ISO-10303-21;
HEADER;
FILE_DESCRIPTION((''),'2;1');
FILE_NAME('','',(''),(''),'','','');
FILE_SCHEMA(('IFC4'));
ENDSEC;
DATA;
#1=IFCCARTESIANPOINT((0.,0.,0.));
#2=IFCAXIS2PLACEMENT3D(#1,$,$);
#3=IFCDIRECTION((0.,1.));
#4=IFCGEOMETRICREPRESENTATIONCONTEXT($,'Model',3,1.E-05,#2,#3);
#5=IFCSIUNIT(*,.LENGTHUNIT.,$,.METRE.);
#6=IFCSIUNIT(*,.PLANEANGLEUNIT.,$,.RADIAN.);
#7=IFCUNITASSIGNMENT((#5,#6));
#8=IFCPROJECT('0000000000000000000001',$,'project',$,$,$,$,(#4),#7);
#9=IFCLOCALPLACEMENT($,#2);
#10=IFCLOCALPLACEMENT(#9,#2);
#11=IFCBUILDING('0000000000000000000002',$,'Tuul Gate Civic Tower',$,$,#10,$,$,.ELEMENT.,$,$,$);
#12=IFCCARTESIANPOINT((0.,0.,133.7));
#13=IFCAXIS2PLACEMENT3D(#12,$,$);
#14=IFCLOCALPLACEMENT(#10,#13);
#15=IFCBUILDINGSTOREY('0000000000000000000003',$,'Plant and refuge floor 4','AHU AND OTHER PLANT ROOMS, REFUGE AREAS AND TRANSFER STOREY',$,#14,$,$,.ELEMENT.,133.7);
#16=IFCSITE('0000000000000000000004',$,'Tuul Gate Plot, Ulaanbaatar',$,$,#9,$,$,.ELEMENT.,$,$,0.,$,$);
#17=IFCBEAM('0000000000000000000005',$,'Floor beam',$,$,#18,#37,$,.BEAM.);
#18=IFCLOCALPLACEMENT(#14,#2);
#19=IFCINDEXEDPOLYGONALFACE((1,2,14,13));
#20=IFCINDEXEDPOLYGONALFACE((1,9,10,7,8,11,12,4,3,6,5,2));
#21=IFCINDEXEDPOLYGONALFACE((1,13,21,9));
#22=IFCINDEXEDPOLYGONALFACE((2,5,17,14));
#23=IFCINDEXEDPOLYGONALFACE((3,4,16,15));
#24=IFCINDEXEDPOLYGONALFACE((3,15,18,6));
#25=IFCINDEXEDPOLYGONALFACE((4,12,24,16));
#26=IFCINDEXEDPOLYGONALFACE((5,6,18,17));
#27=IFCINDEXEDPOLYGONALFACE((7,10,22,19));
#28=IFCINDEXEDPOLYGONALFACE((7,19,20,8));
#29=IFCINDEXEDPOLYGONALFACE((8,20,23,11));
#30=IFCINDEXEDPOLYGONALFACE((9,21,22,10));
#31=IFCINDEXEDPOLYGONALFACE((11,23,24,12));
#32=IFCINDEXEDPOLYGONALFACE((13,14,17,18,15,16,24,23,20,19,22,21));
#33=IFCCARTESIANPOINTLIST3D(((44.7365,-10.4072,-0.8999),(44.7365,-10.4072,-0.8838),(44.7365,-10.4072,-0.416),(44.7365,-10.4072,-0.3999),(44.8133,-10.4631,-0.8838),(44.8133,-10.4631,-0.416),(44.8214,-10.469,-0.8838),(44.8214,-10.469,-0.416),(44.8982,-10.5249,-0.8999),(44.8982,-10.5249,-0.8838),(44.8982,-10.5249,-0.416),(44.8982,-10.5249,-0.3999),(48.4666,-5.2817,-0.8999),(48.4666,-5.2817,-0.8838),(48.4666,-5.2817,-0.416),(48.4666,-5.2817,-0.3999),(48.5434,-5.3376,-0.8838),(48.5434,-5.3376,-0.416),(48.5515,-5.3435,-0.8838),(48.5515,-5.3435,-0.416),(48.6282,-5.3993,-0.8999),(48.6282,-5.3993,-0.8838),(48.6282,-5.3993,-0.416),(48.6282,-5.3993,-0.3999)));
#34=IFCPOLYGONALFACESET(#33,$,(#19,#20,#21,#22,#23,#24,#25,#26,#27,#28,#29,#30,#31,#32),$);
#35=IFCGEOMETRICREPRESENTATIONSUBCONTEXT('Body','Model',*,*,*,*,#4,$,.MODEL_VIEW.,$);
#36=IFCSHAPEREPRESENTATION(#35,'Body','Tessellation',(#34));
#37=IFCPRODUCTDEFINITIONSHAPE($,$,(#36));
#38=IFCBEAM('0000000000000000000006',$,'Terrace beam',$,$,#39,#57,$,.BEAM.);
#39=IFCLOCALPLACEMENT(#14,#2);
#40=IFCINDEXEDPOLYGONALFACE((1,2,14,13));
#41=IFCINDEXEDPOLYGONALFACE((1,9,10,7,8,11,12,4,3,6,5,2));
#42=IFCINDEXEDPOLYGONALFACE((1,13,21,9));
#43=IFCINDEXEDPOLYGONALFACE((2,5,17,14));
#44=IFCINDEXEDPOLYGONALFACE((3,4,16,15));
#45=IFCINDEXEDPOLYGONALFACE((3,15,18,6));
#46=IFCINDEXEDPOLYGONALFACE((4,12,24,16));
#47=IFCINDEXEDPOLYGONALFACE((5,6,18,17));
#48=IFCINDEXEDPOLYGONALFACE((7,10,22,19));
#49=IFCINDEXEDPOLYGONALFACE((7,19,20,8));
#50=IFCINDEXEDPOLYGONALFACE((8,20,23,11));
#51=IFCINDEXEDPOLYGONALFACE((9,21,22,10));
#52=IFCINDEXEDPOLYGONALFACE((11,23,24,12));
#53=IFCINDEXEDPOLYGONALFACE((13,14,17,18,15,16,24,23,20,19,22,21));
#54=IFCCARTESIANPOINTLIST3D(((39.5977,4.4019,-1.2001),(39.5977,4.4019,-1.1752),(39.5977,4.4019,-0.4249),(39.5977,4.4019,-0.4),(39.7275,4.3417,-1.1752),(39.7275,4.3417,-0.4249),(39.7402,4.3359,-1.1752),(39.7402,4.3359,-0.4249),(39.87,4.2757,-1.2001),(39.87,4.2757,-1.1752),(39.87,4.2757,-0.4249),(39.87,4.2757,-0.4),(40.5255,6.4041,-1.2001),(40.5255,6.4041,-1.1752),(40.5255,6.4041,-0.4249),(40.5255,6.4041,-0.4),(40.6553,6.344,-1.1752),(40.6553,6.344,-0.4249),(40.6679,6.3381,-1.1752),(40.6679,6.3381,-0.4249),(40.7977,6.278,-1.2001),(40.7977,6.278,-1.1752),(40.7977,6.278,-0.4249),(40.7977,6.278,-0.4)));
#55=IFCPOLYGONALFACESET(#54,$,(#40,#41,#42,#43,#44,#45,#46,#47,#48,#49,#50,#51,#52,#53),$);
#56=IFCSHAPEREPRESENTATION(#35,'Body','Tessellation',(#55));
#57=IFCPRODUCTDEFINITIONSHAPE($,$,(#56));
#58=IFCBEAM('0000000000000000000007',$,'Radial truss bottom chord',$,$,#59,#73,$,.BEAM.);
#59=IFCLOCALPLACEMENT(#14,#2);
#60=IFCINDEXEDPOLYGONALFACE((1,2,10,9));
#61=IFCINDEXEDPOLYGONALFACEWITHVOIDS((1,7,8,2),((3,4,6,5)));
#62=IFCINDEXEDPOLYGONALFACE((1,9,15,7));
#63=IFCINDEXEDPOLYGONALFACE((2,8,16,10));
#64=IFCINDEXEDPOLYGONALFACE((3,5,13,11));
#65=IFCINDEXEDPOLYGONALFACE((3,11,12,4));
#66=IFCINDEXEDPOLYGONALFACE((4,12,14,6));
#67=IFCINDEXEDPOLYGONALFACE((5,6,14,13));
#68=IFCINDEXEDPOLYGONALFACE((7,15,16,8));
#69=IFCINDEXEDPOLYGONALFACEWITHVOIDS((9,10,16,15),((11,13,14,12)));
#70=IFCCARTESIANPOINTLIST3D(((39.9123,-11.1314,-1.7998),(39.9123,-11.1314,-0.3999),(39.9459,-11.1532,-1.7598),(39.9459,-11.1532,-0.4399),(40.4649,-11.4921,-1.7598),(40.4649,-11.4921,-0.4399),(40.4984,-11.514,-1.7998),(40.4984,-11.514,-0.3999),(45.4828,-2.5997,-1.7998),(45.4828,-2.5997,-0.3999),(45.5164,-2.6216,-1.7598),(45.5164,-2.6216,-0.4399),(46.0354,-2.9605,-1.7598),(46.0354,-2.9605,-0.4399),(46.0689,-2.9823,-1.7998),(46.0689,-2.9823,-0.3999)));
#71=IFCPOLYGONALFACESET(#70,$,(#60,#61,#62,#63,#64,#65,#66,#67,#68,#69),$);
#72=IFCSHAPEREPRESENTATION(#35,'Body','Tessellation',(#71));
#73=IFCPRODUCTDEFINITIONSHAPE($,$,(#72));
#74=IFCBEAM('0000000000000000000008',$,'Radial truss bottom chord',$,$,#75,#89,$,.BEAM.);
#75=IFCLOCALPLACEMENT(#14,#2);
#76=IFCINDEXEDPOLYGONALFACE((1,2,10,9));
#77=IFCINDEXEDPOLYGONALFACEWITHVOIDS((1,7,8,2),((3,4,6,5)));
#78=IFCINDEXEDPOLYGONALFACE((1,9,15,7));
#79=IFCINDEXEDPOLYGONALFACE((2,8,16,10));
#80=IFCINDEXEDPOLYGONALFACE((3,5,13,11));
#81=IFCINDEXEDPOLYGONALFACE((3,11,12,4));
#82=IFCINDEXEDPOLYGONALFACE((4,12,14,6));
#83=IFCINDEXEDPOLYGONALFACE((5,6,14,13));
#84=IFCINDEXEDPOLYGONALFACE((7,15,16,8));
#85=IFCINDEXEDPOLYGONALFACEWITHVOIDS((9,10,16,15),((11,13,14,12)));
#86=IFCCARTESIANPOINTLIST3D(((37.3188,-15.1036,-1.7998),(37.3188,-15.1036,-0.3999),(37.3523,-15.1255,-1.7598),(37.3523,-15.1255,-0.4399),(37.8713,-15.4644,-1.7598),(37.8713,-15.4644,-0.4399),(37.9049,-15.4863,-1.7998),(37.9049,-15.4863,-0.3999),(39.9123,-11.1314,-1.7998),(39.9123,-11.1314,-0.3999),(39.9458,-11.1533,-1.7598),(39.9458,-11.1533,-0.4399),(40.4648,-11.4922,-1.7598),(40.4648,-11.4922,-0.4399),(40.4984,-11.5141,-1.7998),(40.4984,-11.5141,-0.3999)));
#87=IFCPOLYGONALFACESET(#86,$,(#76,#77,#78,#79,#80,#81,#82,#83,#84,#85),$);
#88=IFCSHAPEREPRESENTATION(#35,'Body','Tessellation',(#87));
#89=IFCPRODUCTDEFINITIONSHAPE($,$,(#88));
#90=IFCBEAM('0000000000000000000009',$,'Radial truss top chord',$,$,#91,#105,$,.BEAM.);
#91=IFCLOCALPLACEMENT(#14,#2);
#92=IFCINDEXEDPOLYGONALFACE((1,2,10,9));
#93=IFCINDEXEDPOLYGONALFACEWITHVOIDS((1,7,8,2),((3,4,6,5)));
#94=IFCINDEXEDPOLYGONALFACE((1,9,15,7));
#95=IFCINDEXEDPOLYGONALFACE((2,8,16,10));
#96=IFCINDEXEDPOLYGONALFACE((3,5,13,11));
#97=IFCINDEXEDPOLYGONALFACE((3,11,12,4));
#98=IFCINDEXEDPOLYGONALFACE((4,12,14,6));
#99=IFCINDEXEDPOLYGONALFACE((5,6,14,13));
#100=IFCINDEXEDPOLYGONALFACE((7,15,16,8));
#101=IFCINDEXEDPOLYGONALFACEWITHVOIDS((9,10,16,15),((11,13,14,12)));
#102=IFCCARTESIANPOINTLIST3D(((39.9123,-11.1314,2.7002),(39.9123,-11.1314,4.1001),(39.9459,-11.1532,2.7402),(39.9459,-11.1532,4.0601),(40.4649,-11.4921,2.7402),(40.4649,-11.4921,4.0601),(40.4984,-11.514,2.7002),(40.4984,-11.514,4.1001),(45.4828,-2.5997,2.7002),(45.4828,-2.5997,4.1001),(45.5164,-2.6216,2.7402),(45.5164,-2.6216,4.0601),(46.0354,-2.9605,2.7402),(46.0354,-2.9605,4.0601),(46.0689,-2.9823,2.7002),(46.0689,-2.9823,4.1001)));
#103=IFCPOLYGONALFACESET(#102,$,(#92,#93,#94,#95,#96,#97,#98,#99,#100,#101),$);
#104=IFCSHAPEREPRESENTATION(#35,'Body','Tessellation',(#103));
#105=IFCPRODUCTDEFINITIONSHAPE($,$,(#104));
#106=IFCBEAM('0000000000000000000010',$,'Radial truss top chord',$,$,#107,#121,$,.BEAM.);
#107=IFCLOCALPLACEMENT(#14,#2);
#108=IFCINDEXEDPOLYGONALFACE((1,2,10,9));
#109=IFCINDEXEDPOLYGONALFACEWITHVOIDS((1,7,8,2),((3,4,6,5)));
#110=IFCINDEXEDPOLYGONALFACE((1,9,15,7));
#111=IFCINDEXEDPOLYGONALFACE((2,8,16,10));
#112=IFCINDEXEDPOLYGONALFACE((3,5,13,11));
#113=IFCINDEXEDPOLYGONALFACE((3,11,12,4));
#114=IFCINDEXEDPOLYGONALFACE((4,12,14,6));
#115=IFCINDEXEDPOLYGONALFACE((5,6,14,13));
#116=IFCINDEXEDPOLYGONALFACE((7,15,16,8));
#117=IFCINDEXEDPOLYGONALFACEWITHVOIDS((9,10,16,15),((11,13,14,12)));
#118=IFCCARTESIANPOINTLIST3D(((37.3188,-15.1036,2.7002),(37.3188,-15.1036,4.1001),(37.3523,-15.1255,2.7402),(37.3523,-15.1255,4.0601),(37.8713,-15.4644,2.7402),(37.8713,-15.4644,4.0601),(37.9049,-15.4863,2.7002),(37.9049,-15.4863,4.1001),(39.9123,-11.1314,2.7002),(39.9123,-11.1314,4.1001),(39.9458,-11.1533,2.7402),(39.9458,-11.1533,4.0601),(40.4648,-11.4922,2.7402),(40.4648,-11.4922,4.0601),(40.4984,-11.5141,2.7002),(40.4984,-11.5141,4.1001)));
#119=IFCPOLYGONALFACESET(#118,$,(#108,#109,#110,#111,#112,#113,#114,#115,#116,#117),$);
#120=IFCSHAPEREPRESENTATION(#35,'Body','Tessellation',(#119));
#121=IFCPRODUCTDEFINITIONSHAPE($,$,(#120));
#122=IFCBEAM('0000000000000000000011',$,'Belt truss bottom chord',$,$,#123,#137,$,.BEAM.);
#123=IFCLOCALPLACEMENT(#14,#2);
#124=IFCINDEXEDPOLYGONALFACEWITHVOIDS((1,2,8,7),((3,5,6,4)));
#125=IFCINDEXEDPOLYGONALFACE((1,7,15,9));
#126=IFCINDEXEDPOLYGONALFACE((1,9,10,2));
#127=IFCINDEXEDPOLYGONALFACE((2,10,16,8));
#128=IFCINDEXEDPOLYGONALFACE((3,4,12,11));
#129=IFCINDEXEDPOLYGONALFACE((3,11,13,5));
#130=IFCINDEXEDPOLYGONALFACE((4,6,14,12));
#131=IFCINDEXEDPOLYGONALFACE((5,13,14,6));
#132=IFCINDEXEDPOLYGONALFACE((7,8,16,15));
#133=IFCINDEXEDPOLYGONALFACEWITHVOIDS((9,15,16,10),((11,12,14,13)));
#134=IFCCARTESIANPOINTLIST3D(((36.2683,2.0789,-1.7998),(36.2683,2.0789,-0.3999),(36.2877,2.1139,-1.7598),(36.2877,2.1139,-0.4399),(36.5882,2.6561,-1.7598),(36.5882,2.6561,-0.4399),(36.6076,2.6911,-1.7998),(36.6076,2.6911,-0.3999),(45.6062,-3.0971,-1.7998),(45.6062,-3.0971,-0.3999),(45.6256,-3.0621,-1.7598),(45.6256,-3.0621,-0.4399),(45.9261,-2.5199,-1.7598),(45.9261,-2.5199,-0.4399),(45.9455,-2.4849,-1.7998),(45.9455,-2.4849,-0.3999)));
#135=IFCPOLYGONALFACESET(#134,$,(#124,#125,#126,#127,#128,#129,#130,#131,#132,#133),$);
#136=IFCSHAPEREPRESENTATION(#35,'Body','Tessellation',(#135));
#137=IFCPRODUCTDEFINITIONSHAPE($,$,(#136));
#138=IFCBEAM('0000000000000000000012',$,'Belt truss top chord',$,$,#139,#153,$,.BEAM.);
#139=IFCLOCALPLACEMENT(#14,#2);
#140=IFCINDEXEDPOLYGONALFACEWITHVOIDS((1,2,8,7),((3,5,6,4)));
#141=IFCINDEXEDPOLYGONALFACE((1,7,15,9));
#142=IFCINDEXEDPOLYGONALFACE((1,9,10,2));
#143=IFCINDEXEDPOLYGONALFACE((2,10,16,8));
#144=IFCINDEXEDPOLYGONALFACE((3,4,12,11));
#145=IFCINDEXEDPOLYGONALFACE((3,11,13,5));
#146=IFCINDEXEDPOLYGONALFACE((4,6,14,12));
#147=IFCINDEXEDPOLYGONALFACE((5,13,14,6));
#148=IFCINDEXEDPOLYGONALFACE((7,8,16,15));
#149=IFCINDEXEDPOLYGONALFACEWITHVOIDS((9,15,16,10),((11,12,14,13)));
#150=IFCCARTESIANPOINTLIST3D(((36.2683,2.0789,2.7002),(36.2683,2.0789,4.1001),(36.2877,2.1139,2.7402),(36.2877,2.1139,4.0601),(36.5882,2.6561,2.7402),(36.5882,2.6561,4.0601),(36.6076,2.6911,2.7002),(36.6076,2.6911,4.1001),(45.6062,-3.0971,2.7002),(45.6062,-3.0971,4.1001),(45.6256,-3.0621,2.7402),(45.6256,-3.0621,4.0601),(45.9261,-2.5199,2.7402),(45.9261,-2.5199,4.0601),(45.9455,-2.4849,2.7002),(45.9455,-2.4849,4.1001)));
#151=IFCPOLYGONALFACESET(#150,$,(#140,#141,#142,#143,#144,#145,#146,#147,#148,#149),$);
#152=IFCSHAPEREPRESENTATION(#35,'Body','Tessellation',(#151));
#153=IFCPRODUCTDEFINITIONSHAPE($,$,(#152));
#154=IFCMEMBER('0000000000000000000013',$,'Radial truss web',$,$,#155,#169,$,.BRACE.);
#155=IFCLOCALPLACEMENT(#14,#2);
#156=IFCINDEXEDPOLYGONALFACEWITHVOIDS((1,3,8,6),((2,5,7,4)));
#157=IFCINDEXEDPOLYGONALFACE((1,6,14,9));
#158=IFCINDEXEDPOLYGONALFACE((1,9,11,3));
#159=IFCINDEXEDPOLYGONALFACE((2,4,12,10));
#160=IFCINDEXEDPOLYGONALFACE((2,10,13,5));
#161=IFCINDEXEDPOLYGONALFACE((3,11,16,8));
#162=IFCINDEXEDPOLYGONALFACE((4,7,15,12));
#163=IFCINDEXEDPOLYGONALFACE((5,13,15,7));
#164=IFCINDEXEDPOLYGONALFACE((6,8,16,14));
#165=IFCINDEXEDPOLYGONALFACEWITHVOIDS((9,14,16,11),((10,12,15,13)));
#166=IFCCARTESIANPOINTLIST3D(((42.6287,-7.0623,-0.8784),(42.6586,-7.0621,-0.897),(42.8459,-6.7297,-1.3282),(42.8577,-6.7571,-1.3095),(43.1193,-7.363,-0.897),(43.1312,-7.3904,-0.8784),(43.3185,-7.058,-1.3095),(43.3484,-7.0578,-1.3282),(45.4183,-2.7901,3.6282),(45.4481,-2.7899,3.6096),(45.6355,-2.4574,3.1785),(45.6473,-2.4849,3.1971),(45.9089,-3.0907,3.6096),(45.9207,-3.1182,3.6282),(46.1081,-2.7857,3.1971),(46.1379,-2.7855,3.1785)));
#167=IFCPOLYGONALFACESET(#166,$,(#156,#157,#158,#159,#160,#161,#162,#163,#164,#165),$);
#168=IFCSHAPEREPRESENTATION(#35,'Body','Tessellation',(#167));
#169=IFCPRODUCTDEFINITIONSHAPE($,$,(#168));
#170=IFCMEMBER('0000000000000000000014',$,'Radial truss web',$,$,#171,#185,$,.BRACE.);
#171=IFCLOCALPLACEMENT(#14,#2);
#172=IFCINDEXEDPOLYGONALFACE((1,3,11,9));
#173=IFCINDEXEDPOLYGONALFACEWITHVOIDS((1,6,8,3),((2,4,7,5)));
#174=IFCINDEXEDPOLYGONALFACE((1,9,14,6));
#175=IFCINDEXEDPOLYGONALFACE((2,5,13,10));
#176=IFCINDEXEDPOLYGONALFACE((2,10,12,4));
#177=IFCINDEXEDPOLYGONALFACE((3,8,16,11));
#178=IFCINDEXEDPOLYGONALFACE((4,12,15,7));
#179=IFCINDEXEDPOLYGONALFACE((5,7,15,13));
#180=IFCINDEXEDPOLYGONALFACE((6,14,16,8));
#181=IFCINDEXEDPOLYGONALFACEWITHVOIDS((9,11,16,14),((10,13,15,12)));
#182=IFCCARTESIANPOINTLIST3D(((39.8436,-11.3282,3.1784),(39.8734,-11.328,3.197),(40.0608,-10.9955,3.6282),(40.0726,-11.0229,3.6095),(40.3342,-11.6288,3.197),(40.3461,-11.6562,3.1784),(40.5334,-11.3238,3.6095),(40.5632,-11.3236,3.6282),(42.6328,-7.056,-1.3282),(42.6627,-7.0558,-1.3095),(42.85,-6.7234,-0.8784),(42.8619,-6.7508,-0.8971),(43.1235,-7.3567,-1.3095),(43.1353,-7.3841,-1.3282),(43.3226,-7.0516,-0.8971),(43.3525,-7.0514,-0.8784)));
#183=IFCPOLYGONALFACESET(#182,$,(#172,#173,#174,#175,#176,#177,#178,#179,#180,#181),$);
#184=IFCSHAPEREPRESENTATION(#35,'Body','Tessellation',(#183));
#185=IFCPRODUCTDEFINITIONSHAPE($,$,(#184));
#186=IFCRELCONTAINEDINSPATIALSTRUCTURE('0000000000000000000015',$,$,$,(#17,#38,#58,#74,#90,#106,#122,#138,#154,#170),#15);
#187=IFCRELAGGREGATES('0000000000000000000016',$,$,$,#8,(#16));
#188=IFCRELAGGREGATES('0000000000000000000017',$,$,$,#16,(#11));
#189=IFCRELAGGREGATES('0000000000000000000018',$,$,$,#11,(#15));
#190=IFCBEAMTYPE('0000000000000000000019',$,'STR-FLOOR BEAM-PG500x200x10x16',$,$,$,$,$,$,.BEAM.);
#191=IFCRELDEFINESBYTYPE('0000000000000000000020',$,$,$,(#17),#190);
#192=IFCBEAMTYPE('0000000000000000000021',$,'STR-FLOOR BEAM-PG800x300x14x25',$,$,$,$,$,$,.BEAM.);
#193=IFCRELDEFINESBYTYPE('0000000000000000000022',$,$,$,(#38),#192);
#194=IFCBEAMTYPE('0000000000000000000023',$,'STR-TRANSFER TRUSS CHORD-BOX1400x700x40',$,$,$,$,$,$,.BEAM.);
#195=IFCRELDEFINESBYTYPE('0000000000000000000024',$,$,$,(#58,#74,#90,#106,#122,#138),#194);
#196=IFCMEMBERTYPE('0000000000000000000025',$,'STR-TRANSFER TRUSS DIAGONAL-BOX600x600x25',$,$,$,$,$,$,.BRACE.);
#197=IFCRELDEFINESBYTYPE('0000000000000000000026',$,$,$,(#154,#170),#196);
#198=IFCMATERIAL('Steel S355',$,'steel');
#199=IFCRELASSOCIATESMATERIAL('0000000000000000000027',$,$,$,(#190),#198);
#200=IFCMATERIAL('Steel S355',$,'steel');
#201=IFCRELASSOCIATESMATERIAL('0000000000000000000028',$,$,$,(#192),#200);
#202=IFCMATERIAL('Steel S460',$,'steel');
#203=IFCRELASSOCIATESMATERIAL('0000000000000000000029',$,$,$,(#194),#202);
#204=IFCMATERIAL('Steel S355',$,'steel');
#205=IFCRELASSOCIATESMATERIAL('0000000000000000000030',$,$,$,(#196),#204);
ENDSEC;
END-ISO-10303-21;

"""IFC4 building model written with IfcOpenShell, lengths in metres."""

from ifc_helpers import new_model, si_unit, direction, frame, origin, origin_2d, place, context, subcontext, project, spatial, hollow_rectangle, i_section, extrude, material, material_profile, profile_set, type_object, element, save


model = new_model("IFC4")

# Units and contexts
model_context = context("Model", 3, precision=1e-05, world=origin(), true_north=direction((0.0, 1.0)))
body_context = subcontext(model_context, "Body", "Model", "MODEL_VIEW")
ifc_project = project(units=[si_unit("LENGTHUNIT", "METRE"), si_unit("PLANEANGLEUNIT", "RADIAN")], contexts=[model_context])

# Site, building, storey
site_placement = place(None, origin())
site = spatial("IfcSite", under=ifc_project, at=site_placement, Name="Tuul Gate Plot, Ulaanbaatar", CompositionType="ELEMENT", RefElevation=0.0)
building_placement = place(site_placement, origin())
building = spatial("IfcBuilding", under=site, at=building_placement, Name="Tuul Gate Civic Tower", CompositionType="ELEMENT")
storey_placement = place(building_placement, frame((0.0, 0.0, 133.7)))
storey = spatial("IfcBuildingStorey", under=building, at=storey_placement, Name="Plant and refuge floor 4", Description="AHU AND OTHER PLANT ROOMS, REFUGE AREAS AND TRANSFER STOREY", CompositionType="ELEMENT", Elevation=133.7)

# Beams
ifc_material_1 = material(Name="Steel S355", Category="steel")
ifc_material_profile_1 = material_profile(ifc_material_1, i_section(OverallWidth=0.2, OverallDepth=0.5, WebThickness=0.01, FlangeThickness=0.0161, at=origin_2d()), Name="PG500x200x10x16")
ifc_profile_set_1 = profile_set([ifc_material_profile_1], Name="Steel S355")
beam_type_1 = type_object("IfcBeamType", Name="STR-FLOOR BEAM-PG500x200x10x16", PredefinedType="BEAM", material=ifc_profile_set_1)
beam_1_placement = place(storey_placement, frame((44.8174, -10.4661, -0.6499), z_axis=(0.588414, 0.80856, 0.0), x_axis=(-0.80856, 0.588414, 0.0)))
element("IfcBeam", 1, at=beam_1_placement, inside=storey, type_object=beam_type_1, Name="Floor beam", PredefinedType="BEAM", context=body_context, shape_type="SweptSolid", body=[
    extrude(i_section(OverallWidth=0.2, OverallDepth=0.5, WebThickness=0.01, FlangeThickness=0.0161, at=origin_2d()), origin(), (0.0, 0.0, 1.0), 6.3391),
])
ifc_material_2 = material(Name="Steel S355", Category="steel")
ifc_material_profile_2 = material_profile(ifc_material_2, i_section(OverallWidth=0.3, OverallDepth=0.8, WebThickness=0.0139, FlangeThickness=0.0249, at=origin_2d()), Name="PG800x300x14x25")
ifc_profile_set_2 = profile_set([ifc_material_profile_2], Name="Steel S355")
beam_type_2 = type_object("IfcBeamType", Name="STR-FLOOR BEAM-PG800x300x14x25", PredefinedType="BEAM", material=ifc_profile_set_2)
beam_2_placement = place(storey_placement, frame((40.6616, 6.3411, -0.8), z_axis=(-0.420419, -0.90733, 0.0), x_axis=(0.90733, -0.420419, 0.0)))
element("IfcBeam", 2, at=beam_2_placement, inside=storey, type_object=beam_type_2, Name="Terrace beam", PredefinedType="BEAM", context=body_context, shape_type="SweptSolid", body=[
    extrude(i_section(OverallWidth=0.3, OverallDepth=0.8, WebThickness=0.0139, FlangeThickness=0.0249, at=origin_2d()), origin(), (0.0, 0.0, 1.0), 2.2068),
])
ifc_material_3 = material(Name="Steel S460", Category="steel")
ifc_material_profile_3 = material_profile(ifc_material_3, hollow_rectangle(XDim=0.7, YDim=1.3999, WallThickness=0.04, at=origin_2d()), Name="BOX1400x700x40")
ifc_profile_set_3 = profile_set([ifc_material_profile_3], Name="Steel S460")
beam_type_3 = type_object("IfcBeamType", Name="STR-TRANSFER TRUSS CHORD-BOX1400x700x40", PredefinedType="BEAM", material=ifc_profile_set_3)
beam_3_placement = place(storey_placement, frame((45.7759, -2.791, -1.0999), z_axis=(-0.546707, -0.837324, 0.0), x_axis=(0.837324, -0.546707, 0.0)))
element("IfcBeam", 3, at=beam_3_placement, inside=storey, type_object=beam_type_3, Name="Radial truss bottom chord", PredefinedType="BEAM", context=body_context, shape_type="SweptSolid", body=[
    extrude(hollow_rectangle(XDim=0.7, YDim=1.3999, WallThickness=0.04, at=origin_2d()), origin(), (0.0, 0.0, 1.0), 10.1892),
])
beam_4_placement = place(storey_placement, frame((40.2053, -11.3228, -1.0999), z_axis=(-0.546706, -0.837325, 0.0), x_axis=(0.837325, -0.546706, 0.0)))
element("IfcBeam", 4, at=beam_4_placement, inside=storey, type_object=beam_type_3, Name="Radial truss bottom chord", PredefinedType="BEAM", context=body_context, shape_type="SweptSolid", body=[
    extrude(hollow_rectangle(XDim=0.7, YDim=1.3999, WallThickness=0.04, at=origin_2d()), origin(), (0.0, 0.0, 1.0), 4.7439),
])
beam_5_placement = place(storey_placement, frame((45.7759, -2.791, 3.4001), z_axis=(-0.546707, -0.837324, 0.0), x_axis=(0.837324, -0.546707, 0.0)))
element("IfcBeam", 5, at=beam_5_placement, inside=storey, type_object=beam_type_3, Name="Radial truss top chord", PredefinedType="BEAM", context=body_context, shape_type="SweptSolid", body=[
    extrude(hollow_rectangle(XDim=0.7, YDim=1.3999, WallThickness=0.04, at=origin_2d()), origin(), (0.0, 0.0, 1.0), 10.1892),
])
beam_6_placement = place(storey_placement, frame((40.2053, -11.3228, 3.4001), z_axis=(-0.546706, -0.837325, 0.0), x_axis=(0.837325, -0.546706, 0.0)))
element("IfcBeam", 6, at=beam_6_placement, inside=storey, type_object=beam_type_3, Name="Radial truss top chord", PredefinedType="BEAM", context=body_context, shape_type="SweptSolid", body=[
    extrude(hollow_rectangle(XDim=0.7, YDim=1.3999, WallThickness=0.04, at=origin_2d()), origin(), (0.0, 0.0, 1.0), 4.7439),
])
for number, where, z_axis, x_axis, name in (
    (7, (45.7759, -2.791, -1.0999), (-0.874622, 0.484806, 0.0), (-0.484806, -0.874622, 0.0), "Belt truss bottom chord"),
    (8, (45.7759, -2.791, 3.4001), (-0.874622, 0.484806, 0.0), (-0.484806, -0.874622, 0.0), "Belt truss top chord"),
):
    element("IfcBeam", number, at=place(storey_placement, frame(where, z_axis=z_axis, x_axis=x_axis)), inside=storey, type_object=beam_type_3, Name=name, PredefinedType="BEAM", context=body_context, shape_type="SweptSolid", body=[
        extrude(hollow_rectangle(XDim=0.7, YDim=1.3999, WallThickness=0.04, at=origin_2d()), origin(), (0.0, 0.0, 1.0), 10.6765),
    ])

# Members
ifc_material_4 = material(Name="Steel S355", Category="steel")
ifc_material_profile_4 = material_profile(ifc_material_4, hollow_rectangle(XDim=0.6001, YDim=0.6001, WallThickness=0.0249, at=origin_2d()), Name="BOX600x600x25")
ifc_profile_set_4 = profile_set([ifc_material_profile_4], Name="Steel S355")
member_type_1 = type_object("IfcMemberType", Name="STR-TRANSFER TRUSS DIAGONAL-BOX600x600x25", PredefinedType="BRACE", material=ifc_profile_set_4)
member_1_placement = place(storey_placement, frame((42.9885, -7.0601, -1.1033), z_axis=(0.409773, 0.62757, 0.661999), x_axis=(-0.837313, 0.546725, 0.0)))
element("IfcMember", 9, at=member_1_placement, inside=storey, type_object=member_type_1, Name="Radial truss web", PredefinedType="BRACE", context=body_context, shape_type="SweptSolid", body=[
    extrude(hollow_rectangle(XDim=0.6001, YDim=0.6001, WallThickness=0.0249, at=origin_2d()), origin(), (0.0, 0.0, 1.0), 6.8076),
])
member_2_placement = place(storey_placement, frame((42.9927, -7.0537, -1.1033), z_axis=(-0.409743, -0.627579, 0.662008), x_axis=(0.837334, -0.546691, 0.0)))
element("IfcMember", 10, at=member_2_placement, inside=storey, type_object=member_type_1, Name="Radial truss web", PredefinedType="BRACE", context=body_context, shape_type="SweptSolid", body=[
    extrude(hollow_rectangle(XDim=0.6001, YDim=0.6001, WallThickness=0.0249, at=origin_2d()), origin(), (0.0, 0.0, 1.0), 6.8074),
])

save(model, "model.ifc")
